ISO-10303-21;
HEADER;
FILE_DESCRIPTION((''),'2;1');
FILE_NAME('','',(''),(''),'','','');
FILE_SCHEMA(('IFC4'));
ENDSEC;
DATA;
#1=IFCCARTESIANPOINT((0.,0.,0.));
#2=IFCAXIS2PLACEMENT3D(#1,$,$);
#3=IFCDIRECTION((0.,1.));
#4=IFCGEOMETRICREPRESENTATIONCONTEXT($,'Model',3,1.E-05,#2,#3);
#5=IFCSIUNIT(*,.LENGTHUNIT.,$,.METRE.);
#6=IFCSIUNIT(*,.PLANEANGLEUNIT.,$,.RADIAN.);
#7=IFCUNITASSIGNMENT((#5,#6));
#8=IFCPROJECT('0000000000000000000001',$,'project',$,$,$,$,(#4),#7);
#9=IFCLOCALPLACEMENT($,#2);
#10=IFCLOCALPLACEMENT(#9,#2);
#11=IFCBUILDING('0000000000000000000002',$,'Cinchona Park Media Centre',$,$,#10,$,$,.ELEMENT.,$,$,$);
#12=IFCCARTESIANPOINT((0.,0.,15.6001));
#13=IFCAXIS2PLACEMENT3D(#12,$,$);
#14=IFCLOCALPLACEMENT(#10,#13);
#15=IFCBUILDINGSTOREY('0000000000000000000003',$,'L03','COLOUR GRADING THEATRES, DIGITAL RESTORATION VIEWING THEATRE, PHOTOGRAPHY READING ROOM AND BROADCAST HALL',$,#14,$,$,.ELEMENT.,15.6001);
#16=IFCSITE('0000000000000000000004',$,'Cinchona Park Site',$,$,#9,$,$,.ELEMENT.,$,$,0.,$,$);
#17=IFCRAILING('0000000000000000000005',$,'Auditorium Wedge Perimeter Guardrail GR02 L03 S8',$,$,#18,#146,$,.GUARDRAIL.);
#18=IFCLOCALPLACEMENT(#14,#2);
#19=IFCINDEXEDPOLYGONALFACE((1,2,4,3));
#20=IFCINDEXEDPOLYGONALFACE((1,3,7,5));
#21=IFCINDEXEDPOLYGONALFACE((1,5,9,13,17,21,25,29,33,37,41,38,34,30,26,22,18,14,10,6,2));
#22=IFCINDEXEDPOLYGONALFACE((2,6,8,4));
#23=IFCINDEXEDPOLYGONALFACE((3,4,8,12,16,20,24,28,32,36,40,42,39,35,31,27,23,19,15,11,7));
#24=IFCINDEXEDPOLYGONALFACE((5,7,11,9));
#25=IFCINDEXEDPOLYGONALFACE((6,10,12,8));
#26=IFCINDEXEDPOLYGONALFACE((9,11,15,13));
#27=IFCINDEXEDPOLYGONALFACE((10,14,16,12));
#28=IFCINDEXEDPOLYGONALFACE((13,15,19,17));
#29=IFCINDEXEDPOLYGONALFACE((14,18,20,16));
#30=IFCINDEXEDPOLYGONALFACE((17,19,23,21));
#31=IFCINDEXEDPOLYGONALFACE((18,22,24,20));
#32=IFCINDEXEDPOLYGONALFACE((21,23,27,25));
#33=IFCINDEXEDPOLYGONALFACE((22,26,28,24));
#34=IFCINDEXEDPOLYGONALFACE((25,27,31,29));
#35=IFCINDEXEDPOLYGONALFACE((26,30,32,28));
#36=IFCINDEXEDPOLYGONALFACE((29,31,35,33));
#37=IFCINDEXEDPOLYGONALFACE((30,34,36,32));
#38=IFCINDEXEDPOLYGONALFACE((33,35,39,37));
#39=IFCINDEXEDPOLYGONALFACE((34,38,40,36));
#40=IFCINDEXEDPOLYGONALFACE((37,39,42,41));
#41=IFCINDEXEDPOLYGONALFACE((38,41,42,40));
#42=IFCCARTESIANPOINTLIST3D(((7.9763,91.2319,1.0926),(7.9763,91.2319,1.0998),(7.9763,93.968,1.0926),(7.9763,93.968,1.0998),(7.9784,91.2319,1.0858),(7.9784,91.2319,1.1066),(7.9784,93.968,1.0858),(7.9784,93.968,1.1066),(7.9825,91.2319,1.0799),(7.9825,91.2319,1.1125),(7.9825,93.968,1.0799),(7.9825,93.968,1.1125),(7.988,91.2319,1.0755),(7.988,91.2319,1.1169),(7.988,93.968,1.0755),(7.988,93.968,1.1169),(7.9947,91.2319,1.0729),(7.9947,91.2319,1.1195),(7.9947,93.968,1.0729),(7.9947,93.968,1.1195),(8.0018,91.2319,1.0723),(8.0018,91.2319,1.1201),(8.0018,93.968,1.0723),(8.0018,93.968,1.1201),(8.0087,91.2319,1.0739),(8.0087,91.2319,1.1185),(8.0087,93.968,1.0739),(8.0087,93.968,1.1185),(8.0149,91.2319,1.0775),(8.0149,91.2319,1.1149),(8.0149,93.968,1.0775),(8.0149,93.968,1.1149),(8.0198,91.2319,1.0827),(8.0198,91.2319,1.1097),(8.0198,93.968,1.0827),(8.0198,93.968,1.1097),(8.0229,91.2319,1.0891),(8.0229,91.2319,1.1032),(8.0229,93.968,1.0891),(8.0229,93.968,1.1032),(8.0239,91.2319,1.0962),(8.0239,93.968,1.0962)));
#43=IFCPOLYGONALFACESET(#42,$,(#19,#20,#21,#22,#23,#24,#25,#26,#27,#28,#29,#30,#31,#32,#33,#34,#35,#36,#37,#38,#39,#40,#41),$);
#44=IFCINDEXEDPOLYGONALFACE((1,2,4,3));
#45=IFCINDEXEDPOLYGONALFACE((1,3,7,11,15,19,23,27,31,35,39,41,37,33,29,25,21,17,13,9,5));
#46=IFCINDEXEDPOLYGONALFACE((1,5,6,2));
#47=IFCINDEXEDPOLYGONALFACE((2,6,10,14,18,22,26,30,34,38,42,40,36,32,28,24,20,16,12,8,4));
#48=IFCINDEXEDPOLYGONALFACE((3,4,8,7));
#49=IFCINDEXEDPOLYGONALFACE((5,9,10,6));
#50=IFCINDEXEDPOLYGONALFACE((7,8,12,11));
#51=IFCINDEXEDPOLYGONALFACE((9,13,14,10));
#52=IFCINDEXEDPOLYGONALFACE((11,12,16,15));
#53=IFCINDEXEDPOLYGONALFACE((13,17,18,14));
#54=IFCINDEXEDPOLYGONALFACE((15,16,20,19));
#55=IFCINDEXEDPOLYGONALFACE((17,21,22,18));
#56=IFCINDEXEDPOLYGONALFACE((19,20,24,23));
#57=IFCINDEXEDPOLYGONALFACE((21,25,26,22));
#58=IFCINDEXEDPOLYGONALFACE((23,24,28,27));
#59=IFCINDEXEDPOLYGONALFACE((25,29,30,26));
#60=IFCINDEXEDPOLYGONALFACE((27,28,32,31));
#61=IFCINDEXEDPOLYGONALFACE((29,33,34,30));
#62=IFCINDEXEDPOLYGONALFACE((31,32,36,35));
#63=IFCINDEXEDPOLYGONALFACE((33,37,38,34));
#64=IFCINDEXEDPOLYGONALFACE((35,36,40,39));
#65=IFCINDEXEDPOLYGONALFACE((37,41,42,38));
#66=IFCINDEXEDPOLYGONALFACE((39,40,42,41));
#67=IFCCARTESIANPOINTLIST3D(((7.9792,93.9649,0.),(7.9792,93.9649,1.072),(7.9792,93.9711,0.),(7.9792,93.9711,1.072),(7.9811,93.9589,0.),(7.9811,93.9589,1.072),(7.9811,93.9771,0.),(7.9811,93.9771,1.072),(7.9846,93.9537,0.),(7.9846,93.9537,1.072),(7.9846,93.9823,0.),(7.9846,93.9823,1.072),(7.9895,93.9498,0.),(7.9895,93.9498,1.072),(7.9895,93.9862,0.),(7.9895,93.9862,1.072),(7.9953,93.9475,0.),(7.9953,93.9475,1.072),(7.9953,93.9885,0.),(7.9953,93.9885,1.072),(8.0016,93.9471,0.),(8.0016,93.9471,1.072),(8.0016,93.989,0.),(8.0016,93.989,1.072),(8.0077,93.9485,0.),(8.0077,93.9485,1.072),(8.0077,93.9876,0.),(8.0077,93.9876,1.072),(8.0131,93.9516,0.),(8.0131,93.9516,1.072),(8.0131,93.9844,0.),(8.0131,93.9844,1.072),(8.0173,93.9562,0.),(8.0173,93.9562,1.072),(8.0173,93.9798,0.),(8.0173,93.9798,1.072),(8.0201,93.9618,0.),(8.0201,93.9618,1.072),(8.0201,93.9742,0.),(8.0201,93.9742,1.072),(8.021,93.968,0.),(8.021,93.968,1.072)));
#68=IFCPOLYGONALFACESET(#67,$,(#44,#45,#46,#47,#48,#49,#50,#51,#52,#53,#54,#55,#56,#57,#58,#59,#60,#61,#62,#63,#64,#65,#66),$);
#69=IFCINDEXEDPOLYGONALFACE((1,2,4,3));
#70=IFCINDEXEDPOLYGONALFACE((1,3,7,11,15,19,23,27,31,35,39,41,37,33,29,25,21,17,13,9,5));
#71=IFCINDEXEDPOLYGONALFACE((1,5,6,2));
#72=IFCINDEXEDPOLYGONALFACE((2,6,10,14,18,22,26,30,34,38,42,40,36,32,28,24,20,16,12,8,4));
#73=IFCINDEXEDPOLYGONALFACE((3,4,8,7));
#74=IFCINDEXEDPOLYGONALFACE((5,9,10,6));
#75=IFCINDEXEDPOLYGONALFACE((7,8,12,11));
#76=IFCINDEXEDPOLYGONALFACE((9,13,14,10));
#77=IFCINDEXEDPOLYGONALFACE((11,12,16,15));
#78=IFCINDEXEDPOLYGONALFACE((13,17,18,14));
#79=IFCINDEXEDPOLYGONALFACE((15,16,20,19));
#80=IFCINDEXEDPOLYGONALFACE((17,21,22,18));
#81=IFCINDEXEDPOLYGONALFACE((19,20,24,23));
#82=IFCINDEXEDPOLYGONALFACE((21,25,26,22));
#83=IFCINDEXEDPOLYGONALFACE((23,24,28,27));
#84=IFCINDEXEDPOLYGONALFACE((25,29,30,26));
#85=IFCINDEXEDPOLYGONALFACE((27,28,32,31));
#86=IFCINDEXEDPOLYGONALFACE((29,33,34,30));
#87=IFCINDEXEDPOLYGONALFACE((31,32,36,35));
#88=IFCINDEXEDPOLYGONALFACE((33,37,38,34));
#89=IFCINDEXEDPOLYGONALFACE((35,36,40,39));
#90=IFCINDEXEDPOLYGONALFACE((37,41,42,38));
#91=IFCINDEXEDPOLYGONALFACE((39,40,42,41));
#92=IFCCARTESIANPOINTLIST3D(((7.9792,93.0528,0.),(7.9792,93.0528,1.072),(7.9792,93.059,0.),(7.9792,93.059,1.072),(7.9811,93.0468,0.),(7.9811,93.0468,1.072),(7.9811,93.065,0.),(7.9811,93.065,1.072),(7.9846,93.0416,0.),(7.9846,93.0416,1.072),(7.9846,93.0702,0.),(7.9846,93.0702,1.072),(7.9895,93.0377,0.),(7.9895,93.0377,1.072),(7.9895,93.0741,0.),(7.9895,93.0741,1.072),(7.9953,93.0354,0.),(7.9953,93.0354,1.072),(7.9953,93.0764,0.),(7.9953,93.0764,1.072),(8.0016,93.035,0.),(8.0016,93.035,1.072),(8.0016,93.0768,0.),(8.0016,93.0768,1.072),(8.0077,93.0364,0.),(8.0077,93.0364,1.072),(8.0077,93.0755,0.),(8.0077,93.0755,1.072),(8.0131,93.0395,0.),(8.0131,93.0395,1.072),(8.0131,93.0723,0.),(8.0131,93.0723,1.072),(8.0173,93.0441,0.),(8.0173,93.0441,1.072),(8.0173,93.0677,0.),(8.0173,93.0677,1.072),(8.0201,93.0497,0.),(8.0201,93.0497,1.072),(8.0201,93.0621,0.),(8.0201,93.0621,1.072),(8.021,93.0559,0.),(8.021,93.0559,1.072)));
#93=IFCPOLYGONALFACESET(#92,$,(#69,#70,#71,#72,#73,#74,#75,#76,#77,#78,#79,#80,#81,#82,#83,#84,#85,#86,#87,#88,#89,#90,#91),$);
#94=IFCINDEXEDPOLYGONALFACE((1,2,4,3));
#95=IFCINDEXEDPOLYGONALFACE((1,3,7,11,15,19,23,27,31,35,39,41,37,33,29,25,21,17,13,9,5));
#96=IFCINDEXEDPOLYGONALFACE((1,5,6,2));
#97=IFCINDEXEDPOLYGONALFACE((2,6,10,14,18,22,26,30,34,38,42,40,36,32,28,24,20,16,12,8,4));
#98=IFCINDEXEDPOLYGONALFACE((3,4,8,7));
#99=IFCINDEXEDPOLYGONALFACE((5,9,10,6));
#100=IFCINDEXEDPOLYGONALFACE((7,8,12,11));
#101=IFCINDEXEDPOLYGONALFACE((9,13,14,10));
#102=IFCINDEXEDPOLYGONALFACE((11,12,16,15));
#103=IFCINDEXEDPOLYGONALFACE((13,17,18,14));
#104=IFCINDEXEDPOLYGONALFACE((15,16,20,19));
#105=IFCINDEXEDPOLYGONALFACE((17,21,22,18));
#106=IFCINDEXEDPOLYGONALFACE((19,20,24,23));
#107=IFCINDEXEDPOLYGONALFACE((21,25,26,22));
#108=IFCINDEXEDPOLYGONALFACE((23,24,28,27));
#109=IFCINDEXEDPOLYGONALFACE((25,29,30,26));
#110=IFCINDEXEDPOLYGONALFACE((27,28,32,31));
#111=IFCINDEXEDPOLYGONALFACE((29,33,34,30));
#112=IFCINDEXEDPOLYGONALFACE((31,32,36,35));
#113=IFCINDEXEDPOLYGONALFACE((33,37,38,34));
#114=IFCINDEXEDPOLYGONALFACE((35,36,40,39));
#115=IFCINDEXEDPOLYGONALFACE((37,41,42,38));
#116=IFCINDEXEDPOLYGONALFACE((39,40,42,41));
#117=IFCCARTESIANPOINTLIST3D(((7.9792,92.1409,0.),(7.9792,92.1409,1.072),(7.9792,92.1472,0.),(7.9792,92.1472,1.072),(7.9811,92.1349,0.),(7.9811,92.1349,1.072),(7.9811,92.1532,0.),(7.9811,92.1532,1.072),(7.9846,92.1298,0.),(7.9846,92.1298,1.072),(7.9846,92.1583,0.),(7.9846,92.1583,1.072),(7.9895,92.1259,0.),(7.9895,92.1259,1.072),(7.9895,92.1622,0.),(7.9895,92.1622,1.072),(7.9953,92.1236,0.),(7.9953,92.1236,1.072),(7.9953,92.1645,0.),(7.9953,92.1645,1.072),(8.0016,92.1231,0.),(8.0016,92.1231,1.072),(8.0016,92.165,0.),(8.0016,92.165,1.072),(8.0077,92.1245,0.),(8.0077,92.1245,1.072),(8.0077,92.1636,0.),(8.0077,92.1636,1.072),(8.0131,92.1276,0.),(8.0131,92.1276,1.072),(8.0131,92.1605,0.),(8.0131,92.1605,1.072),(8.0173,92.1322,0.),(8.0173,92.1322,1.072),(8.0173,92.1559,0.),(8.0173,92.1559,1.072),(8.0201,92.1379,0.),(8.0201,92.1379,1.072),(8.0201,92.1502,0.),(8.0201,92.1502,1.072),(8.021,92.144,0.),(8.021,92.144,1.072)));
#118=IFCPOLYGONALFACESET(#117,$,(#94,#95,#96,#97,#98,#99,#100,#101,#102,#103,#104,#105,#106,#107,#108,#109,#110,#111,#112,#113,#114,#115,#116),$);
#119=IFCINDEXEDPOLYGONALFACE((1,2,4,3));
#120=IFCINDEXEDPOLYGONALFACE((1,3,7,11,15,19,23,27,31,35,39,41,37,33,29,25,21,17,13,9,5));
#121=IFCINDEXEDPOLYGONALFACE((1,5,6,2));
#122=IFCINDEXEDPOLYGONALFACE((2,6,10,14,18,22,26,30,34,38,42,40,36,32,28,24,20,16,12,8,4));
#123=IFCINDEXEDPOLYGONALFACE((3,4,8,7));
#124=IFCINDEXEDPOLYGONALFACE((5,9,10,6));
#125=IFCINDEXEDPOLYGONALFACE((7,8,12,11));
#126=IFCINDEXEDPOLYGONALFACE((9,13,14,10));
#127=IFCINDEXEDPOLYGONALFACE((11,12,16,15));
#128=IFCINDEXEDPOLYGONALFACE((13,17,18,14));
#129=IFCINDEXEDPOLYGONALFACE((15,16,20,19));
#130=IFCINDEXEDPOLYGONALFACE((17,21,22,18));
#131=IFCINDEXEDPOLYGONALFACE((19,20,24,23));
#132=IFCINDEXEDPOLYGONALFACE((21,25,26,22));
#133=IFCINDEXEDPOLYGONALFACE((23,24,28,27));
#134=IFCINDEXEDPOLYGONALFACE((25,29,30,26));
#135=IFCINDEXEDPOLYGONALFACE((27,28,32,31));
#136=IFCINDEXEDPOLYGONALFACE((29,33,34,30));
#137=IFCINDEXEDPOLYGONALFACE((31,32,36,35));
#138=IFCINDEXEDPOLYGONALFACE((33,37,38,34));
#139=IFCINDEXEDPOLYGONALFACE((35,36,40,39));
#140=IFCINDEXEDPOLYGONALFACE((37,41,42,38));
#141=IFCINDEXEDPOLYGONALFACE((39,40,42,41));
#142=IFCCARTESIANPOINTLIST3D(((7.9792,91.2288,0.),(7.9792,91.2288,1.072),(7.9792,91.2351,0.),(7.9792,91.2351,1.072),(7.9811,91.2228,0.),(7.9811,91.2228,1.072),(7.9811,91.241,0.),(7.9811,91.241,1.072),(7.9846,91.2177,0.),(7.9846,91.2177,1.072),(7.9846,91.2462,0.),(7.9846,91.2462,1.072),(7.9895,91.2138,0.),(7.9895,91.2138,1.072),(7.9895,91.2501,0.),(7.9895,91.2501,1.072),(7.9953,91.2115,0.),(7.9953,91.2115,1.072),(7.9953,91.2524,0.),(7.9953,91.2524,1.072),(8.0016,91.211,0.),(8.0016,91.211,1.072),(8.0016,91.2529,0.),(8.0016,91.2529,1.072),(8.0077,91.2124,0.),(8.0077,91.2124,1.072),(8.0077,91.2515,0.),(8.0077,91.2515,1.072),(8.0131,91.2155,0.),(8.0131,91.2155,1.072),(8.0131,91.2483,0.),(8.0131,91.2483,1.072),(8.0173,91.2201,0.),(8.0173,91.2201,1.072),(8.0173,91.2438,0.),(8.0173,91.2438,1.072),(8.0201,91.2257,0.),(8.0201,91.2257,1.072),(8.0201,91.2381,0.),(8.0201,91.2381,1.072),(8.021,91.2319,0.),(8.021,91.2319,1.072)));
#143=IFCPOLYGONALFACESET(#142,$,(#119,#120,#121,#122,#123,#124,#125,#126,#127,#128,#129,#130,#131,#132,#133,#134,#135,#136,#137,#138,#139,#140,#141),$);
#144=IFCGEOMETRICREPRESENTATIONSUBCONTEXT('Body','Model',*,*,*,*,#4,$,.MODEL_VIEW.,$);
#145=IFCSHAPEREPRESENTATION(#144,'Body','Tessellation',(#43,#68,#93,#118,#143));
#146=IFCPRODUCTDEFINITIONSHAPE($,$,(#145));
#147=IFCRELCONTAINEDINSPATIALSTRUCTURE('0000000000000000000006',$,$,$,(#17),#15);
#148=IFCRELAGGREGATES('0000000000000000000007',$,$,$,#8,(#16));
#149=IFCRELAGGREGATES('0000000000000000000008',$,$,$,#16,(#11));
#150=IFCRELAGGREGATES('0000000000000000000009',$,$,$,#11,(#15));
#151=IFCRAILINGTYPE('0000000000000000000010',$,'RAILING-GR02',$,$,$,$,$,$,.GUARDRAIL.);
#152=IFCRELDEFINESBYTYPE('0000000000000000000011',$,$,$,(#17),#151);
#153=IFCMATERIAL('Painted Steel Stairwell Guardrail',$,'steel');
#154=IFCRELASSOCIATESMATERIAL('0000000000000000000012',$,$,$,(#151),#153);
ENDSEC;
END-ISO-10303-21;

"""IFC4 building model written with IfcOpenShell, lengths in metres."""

from ifc_helpers import new_model, si_unit, direction, frame, origin, origin_2d, place, context, subcontext, project, spatial, circle, extrude, material, type_object, element, save


model = new_model("IFC4")

# Units and contexts
model_context = context("Model", 3, precision=1e-05, world=origin(), true_north=direction((0.0, 1.0)))
body_context = subcontext(model_context, "Body", "Model", "MODEL_VIEW")
ifc_project = project(units=[si_unit("LENGTHUNIT", "METRE"), si_unit("PLANEANGLEUNIT", "RADIAN")], contexts=[model_context])

# Site, building, storey
site_placement = place(None, origin())
site = spatial("IfcSite", under=ifc_project, at=site_placement, Name="Cinchona Park Site", CompositionType="ELEMENT", RefElevation=0.0)
building_placement = place(site_placement, origin())
building = spatial("IfcBuilding", under=site, at=building_placement, Name="Cinchona Park Media Centre", CompositionType="ELEMENT")
storey_placement = place(building_placement, frame((0.0, 0.0, 15.6001)))
storey = spatial("IfcBuildingStorey", under=building, at=storey_placement, Name="L03", Description="COLOUR GRADING THEATRES, DIGITAL RESTORATION VIEWING THEATRE, PHOTOGRAPHY READING ROOM AND BROADCAST HALL", CompositionType="ELEMENT", Elevation=15.6001)

# Railing
ifc_material_1 = material(Name="Painted Steel Stairwell Guardrail", Category="steel")
railing_type = type_object("IfcRailingType", Name="RAILING-GR02", PredefinedType="GUARDRAIL", material=ifc_material_1)
railing_placement = place(storey_placement, frame((8.0, 93.968, 0.0)))
element("IfcRailing", 1, at=railing_placement, inside=storey, type_object=railing_type, Name="Auditorium Wedge Perimeter Guardrail GR02 L03 S8", PredefinedType="GUARDRAIL", context=body_context, shape_type="SweptSolid", body=[
    extrude(circle(Radius=0.0239, at=origin_2d()), frame((0.0, 0.0, 1.0962), z_axis=(0.0, -1.0, 0.0), x_axis=(1.0, 0.0, 0.0)), (0.0, 0.0, 1.0), 2.7361),
    extrude(circle(Radius=0.021, at=origin_2d()), origin(), (0.0, 0.0, 1.0), 1.072),
    extrude(circle(Radius=0.021, at=origin_2d()), frame((0.0, -0.9121, 0.0)), (0.0, 0.0, 1.0), 1.072),
    extrude(circle(Radius=0.021, at=origin_2d()), frame((0.0, -1.824, 0.0)), (0.0, 0.0, 1.0), 1.072),
    extrude(circle(Radius=0.021, at=origin_2d()), frame((0.0, -2.7361, 0.0)), (0.0, 0.0, 1.0), 1.072),
])

save(model, "model.ifc")
